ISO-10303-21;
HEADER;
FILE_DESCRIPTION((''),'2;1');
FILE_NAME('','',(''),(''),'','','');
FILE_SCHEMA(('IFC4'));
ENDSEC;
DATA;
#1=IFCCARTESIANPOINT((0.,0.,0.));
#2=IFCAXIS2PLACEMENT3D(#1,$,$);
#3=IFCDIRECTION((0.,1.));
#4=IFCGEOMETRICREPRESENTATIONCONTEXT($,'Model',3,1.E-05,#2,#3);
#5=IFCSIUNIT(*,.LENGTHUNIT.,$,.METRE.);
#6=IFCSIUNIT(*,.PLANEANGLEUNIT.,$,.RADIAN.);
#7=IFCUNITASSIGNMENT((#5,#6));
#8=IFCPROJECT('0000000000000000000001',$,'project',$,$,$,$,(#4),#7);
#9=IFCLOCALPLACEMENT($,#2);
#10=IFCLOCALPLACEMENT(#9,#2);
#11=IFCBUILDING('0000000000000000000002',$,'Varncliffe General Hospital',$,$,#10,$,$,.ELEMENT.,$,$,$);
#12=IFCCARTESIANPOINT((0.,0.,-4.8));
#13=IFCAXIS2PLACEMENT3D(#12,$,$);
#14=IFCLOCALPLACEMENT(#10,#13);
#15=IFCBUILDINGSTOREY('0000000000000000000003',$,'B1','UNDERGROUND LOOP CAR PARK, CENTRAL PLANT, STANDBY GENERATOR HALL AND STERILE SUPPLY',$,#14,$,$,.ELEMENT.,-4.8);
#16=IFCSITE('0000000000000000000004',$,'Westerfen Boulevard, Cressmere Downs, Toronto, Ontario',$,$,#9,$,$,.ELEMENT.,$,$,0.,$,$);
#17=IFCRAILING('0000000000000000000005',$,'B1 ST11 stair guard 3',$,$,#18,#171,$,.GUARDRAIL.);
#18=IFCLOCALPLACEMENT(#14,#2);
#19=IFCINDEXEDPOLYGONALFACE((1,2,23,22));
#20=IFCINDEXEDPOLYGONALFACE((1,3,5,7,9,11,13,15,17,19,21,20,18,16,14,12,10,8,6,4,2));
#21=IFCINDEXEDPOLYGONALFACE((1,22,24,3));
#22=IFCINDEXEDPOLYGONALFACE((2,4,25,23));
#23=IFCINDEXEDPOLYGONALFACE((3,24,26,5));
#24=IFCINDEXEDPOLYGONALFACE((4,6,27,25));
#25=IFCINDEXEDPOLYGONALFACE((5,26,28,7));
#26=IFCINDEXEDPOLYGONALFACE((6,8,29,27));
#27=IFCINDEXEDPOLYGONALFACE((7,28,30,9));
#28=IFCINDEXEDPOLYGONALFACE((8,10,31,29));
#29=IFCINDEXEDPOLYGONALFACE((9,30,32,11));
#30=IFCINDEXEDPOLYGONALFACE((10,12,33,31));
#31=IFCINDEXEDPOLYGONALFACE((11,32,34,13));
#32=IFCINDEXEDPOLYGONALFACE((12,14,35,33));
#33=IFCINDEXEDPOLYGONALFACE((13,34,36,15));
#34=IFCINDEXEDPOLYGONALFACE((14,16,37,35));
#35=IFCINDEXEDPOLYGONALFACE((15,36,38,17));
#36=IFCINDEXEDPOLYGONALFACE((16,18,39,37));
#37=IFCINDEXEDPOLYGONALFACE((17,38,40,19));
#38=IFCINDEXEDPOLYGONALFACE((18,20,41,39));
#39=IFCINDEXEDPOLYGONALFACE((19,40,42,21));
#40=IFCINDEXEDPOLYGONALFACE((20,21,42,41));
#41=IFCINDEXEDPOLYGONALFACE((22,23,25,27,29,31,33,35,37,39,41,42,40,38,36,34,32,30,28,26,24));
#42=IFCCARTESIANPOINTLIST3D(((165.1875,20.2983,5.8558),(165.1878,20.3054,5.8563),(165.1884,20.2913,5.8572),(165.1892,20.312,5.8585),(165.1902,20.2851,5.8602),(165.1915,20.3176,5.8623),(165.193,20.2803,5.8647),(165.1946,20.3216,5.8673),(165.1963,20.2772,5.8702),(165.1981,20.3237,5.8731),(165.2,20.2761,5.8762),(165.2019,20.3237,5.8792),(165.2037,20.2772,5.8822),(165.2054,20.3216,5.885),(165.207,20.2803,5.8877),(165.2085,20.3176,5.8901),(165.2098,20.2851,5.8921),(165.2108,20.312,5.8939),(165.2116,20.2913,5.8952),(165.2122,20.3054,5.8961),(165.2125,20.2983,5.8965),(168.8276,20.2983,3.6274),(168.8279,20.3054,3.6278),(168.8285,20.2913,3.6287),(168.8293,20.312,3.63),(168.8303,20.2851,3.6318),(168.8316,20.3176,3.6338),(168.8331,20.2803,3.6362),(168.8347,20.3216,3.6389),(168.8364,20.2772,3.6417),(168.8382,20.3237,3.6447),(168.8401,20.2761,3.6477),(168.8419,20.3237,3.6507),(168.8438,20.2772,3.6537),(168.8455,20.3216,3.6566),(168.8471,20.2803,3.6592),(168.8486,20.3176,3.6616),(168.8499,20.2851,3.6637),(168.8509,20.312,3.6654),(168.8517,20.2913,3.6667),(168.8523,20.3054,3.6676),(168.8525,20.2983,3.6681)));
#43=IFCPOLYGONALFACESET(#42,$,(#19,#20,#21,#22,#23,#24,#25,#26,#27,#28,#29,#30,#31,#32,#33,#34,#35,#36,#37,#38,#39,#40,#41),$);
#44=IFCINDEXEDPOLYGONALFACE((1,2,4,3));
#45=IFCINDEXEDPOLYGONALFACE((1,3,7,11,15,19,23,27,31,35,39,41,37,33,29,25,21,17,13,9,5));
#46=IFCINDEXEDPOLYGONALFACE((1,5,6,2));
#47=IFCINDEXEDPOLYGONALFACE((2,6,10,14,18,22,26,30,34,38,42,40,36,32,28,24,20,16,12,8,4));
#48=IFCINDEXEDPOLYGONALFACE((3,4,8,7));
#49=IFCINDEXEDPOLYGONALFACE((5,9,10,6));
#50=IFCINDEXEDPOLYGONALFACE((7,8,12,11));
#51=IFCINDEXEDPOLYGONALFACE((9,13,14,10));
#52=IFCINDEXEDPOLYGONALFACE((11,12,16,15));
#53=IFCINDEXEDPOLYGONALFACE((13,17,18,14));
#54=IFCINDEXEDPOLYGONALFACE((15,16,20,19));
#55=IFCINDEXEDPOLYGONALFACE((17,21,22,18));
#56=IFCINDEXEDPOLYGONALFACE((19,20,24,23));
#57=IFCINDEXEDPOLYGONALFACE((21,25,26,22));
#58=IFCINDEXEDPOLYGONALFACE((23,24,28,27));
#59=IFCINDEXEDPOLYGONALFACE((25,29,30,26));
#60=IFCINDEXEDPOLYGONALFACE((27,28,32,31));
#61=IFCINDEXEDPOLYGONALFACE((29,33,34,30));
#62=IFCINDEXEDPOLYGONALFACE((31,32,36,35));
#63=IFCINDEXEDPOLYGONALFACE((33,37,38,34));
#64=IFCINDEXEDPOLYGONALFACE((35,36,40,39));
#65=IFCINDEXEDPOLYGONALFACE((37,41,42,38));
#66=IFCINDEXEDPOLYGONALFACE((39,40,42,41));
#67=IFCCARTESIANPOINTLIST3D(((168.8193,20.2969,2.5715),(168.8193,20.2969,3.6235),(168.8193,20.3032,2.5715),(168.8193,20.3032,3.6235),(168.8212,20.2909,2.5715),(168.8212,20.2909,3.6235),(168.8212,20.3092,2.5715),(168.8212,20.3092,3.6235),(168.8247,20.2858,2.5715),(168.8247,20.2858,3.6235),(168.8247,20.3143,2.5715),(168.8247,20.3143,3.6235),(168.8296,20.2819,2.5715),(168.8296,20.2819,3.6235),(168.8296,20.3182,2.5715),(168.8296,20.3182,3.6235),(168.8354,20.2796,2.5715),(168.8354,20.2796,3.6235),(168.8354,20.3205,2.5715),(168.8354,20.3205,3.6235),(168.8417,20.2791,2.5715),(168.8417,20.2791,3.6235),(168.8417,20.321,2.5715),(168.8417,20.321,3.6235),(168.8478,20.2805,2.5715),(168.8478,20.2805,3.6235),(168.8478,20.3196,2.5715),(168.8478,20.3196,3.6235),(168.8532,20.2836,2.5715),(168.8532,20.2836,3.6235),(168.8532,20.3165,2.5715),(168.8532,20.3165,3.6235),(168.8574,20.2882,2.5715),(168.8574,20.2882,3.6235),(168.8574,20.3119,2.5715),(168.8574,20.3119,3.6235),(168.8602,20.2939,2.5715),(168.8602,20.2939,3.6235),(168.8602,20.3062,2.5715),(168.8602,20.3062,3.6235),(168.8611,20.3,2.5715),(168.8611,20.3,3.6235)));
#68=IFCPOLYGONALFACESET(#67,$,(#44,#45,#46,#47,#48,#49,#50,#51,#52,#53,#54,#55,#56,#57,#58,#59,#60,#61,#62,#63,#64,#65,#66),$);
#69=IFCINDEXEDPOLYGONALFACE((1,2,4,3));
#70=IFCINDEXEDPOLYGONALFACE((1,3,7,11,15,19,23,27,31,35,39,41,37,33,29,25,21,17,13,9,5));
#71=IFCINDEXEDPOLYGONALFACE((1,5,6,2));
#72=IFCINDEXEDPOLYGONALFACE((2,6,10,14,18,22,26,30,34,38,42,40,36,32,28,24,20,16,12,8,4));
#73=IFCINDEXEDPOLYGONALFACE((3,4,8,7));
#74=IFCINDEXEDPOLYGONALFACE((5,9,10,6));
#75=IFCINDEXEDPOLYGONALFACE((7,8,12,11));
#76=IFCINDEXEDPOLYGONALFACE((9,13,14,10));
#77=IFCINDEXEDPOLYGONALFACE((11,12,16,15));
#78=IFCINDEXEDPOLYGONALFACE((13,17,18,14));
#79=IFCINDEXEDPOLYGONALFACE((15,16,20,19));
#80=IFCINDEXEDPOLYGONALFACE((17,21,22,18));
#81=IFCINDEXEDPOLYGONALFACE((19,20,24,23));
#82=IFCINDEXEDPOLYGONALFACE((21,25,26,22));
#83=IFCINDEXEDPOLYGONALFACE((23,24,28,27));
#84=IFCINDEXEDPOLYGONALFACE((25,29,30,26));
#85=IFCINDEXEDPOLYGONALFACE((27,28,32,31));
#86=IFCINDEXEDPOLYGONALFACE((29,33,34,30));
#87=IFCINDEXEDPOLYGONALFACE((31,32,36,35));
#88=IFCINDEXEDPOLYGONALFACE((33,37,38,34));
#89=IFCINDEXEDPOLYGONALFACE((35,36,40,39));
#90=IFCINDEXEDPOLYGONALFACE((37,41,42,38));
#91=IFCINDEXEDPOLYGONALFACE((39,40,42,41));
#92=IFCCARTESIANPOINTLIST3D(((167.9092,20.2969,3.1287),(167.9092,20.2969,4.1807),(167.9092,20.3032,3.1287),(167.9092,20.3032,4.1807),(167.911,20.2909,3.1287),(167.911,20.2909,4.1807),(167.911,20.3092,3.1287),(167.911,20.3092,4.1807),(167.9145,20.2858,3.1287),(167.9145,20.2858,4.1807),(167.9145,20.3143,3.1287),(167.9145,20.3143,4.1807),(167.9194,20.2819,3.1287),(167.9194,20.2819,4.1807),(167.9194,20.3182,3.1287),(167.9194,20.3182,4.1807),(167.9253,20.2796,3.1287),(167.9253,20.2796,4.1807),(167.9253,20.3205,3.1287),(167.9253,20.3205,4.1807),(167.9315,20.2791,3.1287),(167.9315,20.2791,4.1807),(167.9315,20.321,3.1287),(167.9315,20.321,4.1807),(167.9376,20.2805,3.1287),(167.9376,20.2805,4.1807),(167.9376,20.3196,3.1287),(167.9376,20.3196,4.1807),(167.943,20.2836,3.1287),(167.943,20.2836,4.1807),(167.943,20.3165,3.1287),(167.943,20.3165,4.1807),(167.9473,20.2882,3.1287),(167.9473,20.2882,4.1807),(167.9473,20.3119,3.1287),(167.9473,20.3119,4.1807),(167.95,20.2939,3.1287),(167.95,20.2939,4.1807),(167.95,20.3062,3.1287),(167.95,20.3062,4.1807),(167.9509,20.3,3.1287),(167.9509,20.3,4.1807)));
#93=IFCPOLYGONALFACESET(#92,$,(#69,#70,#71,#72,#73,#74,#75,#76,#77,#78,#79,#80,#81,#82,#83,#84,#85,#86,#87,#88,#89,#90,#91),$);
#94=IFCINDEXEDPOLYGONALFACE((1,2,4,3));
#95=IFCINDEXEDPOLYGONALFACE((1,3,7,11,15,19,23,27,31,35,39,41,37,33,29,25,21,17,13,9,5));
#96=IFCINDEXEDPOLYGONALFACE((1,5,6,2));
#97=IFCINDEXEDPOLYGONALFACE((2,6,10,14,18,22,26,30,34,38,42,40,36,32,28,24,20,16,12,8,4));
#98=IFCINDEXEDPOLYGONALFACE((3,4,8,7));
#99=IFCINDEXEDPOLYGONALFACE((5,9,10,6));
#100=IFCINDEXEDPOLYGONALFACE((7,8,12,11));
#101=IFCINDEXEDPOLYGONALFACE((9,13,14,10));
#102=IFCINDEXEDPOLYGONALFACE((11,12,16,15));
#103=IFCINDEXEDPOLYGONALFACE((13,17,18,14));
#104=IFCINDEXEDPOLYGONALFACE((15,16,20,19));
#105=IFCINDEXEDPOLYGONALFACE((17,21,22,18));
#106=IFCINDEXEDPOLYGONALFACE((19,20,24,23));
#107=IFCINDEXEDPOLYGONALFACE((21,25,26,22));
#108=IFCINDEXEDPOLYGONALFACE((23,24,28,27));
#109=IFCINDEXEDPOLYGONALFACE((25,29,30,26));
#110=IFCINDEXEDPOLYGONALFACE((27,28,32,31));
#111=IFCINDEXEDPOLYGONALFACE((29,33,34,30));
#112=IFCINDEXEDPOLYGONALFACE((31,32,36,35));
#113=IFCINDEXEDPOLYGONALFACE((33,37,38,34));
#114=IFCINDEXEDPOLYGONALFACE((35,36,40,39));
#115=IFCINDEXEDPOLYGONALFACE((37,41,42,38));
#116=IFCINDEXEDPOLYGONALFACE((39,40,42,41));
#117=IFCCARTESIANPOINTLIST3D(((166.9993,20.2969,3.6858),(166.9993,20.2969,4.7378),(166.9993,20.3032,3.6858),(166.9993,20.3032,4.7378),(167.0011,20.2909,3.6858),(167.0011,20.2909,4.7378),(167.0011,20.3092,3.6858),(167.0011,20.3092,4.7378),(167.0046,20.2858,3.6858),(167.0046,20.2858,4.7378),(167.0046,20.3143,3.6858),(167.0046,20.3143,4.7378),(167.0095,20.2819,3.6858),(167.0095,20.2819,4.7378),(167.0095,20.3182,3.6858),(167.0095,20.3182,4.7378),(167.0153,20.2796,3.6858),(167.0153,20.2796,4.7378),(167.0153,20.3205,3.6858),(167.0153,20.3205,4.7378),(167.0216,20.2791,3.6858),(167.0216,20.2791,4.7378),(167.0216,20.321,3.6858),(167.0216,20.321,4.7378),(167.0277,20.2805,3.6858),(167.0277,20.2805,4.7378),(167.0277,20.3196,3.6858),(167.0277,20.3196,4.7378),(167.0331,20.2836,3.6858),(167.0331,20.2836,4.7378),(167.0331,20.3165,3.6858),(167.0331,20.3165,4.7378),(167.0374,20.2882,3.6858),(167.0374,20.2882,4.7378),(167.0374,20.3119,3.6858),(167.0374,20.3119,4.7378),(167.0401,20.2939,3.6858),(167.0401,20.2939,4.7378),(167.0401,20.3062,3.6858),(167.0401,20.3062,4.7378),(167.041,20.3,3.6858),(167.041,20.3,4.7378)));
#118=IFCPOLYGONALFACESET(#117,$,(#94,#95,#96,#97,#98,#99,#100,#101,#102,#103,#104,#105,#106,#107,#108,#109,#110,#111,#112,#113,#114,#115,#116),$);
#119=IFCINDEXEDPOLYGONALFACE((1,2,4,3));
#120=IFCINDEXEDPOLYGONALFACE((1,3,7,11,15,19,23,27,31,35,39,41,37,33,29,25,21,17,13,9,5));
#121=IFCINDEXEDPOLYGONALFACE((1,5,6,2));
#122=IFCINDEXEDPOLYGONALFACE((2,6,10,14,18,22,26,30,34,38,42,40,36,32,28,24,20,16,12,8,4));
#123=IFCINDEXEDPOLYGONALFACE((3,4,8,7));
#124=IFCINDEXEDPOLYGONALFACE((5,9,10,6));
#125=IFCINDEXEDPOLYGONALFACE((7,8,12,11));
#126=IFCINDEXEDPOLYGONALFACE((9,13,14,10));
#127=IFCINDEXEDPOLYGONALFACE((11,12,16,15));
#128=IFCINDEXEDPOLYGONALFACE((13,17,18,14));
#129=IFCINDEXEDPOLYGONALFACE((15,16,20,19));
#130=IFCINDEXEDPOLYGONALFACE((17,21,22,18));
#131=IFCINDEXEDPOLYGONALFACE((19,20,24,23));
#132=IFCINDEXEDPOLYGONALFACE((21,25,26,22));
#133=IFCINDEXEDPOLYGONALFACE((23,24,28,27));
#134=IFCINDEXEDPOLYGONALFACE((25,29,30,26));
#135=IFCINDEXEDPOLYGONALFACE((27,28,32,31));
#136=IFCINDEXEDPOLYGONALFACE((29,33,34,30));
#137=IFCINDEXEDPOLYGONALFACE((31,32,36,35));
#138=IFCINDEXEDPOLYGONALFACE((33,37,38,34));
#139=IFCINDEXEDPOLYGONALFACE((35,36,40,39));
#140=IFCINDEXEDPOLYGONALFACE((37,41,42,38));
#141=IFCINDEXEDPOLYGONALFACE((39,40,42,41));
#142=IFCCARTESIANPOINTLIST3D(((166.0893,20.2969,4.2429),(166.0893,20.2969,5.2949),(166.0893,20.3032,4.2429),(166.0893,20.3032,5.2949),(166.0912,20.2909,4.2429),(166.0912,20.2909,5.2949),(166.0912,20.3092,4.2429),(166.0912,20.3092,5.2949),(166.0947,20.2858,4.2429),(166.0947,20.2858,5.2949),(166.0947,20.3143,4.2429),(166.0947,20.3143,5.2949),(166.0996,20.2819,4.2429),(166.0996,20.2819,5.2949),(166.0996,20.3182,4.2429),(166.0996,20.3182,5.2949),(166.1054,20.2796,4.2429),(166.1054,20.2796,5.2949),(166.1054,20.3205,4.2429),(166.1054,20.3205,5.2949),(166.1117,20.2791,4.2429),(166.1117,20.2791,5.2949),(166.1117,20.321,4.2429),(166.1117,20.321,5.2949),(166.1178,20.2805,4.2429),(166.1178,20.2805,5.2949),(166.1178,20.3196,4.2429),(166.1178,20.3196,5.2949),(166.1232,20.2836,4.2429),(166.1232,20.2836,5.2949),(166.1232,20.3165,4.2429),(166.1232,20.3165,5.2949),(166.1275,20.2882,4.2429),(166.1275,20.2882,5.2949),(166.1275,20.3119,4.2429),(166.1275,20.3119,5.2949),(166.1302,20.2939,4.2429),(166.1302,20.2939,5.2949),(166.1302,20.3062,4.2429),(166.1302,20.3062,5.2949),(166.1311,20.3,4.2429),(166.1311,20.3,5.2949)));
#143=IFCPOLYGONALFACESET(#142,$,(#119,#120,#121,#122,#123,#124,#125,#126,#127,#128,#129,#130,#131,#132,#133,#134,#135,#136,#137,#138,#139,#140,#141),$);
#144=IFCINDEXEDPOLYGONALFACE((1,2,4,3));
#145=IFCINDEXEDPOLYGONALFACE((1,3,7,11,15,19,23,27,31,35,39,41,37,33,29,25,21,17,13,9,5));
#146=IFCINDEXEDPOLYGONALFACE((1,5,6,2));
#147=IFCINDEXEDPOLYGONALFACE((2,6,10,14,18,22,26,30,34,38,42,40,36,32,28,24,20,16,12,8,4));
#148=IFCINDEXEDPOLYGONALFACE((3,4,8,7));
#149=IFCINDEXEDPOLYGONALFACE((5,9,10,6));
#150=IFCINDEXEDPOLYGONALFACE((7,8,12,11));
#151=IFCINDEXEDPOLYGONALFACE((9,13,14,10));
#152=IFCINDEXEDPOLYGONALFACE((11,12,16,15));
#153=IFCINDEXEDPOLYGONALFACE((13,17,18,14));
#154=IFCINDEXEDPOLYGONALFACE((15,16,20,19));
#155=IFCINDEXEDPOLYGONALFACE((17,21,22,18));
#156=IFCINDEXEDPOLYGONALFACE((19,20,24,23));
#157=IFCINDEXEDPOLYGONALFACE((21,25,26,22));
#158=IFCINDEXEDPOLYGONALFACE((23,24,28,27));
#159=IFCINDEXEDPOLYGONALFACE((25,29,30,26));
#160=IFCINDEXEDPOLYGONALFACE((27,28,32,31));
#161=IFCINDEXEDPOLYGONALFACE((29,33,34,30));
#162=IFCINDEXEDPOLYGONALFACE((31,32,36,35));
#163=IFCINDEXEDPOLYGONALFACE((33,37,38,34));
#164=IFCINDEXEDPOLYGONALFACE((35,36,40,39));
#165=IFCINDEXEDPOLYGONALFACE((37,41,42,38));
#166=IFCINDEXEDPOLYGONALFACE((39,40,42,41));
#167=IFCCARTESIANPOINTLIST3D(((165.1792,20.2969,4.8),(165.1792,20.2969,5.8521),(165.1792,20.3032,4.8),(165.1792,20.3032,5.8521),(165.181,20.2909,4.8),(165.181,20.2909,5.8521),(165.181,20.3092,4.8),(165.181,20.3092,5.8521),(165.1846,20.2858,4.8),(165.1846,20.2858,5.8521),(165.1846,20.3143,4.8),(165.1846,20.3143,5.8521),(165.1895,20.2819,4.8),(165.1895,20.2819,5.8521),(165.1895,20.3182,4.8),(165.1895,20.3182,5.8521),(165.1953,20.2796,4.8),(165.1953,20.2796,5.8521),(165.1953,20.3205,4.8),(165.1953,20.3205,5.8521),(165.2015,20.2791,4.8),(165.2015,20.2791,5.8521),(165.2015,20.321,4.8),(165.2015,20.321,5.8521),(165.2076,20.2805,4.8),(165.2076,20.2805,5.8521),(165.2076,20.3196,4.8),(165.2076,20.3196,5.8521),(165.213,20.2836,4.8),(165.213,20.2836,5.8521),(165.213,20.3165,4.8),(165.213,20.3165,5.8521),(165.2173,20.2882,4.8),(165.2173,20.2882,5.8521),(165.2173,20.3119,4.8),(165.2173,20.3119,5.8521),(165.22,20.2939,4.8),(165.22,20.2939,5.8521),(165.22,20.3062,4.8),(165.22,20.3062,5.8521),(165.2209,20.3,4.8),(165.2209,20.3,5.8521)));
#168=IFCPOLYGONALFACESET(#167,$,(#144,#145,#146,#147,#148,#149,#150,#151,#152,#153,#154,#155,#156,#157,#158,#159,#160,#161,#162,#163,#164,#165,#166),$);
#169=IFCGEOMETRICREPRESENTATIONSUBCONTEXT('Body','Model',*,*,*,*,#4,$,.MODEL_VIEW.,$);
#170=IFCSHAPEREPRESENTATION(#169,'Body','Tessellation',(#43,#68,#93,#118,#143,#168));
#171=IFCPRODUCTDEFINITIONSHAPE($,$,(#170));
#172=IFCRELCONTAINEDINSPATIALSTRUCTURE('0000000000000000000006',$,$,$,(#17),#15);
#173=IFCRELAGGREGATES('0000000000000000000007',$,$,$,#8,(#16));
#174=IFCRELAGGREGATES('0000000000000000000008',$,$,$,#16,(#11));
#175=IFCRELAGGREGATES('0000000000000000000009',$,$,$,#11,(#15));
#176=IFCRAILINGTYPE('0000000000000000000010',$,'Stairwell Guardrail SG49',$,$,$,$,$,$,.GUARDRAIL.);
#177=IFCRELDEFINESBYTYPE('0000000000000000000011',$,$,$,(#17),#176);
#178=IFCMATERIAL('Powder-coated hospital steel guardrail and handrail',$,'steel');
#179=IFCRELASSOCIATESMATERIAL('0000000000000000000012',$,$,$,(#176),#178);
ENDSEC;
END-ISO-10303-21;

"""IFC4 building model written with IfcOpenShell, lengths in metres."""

from ifc_helpers import new_model, si_unit, direction, frame, origin, origin_2d, place, context, subcontext, project, spatial, circle, extrude, material, type_object, element, save


model = new_model("IFC4")

# Units and contexts
model_context = context("Model", 3, precision=1e-05, world=origin(), true_north=direction((0.0, 1.0)))
body_context = subcontext(model_context, "Body", "Model", "MODEL_VIEW")
ifc_project = project(units=[si_unit("LENGTHUNIT", "METRE"), si_unit("PLANEANGLEUNIT", "RADIAN")], contexts=[model_context])

# Site, building, storey
site_placement = place(None, origin())
site = spatial("IfcSite", under=ifc_project, at=site_placement, Name="Westerfen Boulevard, Cressmere Downs, Toronto, Ontario", CompositionType="ELEMENT", RefElevation=0.0)
building_placement = place(site_placement, origin())
building = spatial("IfcBuilding", under=site, at=building_placement, Name="Varncliffe General Hospital", CompositionType="ELEMENT")
storey_placement = place(building_placement, frame((0.0, 0.0, -4.8)))
storey = spatial("IfcBuildingStorey", under=building, at=storey_placement, Name="B1", Description="UNDERGROUND LOOP CAR PARK, CENTRAL PLANT, STANDBY GENERATOR HALL AND STERILE SUPPLY", CompositionType="ELEMENT", Elevation=-4.8)

# Railing
ifc_material_1 = material(Name="Powder-coated hospital steel guardrail and handrail", Category="steel")
railing_type_1 = type_object("IfcRailingType", Name="Stairwell Guardrail SG49", PredefinedType="GUARDRAIL", material=ifc_material_1)
railing_1_placement = place(storey_placement, frame((168.8401, 20.3, 2.5715)))
element("IfcRailing", 1, at=railing_1_placement, inside=storey, type_object=railing_type_1, Name="B1 ST11 stair guard 3", PredefinedType="GUARDRAIL", context=body_context, shape_type="SweptSolid", body=[
    extrude(circle(Radius=0.0239, at=origin_2d()), frame((0.0, 0.0, 1.0762), z_axis=(-0.852866, 0.0, 0.52213), x_axis=(0.0, -1.0, 0.0)), (0.0, 0.0, 1.0), 4.2681),
    extrude(circle(Radius=0.021, at=origin_2d()), origin(), (0.0, 0.0, 1.0), 1.052),
    extrude(circle(Radius=0.021, at=origin_2d()), frame((-0.9102, 0.0, 0.5571)), (0.0, 0.0, 1.0), 1.052),
    extrude(circle(Radius=0.021, at=origin_2d()), frame((-1.8201, 0.0, 1.1143)), (0.0, 0.0, 1.0), 1.052),
    extrude(circle(Radius=0.021, at=origin_2d()), frame((-2.73, 0.0, 1.6714)), (0.0, 0.0, 1.0), 1.052),
    extrude(circle(Radius=0.021, at=origin_2d()), frame((-3.6401, 0.0, 2.2285)), (0.0, 0.0, 1.0), 1.052),
])

save(model, "model.ifc")
